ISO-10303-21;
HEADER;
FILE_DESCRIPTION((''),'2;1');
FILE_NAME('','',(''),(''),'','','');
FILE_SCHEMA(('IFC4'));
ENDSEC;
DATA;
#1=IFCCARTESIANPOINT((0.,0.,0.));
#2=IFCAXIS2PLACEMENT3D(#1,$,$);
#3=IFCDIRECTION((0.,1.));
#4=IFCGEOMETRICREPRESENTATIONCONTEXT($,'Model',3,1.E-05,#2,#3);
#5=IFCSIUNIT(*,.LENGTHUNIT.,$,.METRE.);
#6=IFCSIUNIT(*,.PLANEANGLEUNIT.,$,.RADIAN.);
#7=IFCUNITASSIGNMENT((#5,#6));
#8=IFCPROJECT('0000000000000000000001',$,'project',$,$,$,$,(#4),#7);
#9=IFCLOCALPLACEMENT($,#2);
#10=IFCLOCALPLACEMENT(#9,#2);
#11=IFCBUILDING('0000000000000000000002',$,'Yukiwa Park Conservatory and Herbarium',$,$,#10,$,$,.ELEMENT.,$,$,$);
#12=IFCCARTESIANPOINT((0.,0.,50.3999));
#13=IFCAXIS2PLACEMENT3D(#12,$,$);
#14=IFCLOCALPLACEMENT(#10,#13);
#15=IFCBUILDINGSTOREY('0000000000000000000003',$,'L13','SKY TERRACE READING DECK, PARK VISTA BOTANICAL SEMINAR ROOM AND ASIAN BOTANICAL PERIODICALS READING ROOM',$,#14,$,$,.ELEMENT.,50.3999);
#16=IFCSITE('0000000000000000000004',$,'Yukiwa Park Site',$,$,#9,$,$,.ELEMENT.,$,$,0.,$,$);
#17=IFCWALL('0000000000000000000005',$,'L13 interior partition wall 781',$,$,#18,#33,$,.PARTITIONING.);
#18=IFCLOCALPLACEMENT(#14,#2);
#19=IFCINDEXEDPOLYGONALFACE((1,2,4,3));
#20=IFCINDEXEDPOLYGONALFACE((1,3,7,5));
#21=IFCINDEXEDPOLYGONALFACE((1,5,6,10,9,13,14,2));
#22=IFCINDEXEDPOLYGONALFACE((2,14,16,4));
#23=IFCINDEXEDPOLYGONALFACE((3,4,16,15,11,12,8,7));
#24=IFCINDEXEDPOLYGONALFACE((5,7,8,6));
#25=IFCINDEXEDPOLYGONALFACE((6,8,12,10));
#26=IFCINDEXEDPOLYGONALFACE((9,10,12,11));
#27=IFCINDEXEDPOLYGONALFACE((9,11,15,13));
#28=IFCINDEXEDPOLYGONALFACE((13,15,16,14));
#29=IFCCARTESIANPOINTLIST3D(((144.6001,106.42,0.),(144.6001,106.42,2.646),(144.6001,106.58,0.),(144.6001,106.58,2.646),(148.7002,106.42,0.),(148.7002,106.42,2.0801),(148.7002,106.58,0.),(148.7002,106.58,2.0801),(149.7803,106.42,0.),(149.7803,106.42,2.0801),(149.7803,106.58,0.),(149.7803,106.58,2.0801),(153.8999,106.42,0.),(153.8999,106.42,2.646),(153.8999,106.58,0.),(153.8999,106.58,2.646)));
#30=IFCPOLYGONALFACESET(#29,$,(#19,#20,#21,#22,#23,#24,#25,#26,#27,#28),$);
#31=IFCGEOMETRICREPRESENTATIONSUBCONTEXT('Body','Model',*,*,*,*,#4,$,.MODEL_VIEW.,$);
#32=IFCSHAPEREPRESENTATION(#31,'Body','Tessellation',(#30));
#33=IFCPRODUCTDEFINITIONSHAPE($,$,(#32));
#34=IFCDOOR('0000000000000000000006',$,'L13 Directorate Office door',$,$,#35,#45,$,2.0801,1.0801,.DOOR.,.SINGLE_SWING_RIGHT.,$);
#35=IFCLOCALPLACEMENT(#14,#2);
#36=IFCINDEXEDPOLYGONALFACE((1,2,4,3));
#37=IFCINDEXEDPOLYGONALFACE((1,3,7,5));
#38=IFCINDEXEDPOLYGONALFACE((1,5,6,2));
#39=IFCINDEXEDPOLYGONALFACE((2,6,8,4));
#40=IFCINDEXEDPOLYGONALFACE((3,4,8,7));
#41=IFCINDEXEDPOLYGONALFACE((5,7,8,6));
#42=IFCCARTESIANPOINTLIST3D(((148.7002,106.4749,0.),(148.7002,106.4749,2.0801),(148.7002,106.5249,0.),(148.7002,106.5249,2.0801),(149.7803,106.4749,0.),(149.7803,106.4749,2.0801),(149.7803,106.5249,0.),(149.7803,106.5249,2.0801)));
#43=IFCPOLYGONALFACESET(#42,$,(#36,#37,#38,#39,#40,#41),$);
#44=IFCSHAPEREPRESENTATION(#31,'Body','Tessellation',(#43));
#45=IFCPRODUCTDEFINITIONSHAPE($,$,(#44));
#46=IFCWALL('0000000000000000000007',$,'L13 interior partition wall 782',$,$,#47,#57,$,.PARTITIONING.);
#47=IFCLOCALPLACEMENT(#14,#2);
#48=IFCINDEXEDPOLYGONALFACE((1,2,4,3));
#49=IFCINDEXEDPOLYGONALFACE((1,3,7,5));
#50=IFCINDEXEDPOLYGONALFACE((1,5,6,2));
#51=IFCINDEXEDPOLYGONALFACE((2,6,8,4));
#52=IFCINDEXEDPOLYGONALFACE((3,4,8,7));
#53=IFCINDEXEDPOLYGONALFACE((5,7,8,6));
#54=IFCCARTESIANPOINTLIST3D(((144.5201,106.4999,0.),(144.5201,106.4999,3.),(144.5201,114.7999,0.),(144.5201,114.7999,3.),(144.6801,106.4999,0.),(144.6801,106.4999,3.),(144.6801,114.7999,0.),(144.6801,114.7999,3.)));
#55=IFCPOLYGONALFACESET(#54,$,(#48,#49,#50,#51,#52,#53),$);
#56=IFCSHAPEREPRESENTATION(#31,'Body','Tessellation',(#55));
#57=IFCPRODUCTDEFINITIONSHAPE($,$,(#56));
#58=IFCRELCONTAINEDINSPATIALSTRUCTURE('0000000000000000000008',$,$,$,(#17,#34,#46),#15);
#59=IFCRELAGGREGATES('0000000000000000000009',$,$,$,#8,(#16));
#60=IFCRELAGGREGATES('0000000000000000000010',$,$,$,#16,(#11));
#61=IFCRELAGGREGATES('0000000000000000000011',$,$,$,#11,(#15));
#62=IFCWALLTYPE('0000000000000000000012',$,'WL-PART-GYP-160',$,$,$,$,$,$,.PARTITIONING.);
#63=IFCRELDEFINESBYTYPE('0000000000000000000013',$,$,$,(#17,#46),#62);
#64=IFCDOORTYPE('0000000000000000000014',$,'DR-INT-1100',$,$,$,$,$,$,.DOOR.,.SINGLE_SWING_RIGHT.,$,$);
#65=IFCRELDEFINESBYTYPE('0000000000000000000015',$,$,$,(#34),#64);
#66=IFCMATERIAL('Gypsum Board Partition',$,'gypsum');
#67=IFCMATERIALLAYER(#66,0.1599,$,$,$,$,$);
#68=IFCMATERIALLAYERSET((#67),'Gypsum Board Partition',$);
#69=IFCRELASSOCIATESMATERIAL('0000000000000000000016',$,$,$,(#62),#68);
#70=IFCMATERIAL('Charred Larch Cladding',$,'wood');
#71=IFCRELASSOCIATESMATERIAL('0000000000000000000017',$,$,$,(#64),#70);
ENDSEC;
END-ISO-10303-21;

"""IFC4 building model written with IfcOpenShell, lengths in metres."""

from ifc_helpers import new_model, si_unit, direction, frame, frame_2d, origin, place, context, subcontext, project, spatial, rectangle, extrude, material, layer, layer_set, type_object, element, fill, save


model = new_model("IFC4")

# Units and contexts
model_context = context("Model", 3, precision=1e-05, world=origin(), true_north=direction((0.0, 1.0)))
body_context = subcontext(model_context, "Body", "Model", "MODEL_VIEW")
ifc_project = project(units=[si_unit("LENGTHUNIT", "METRE"), si_unit("PLANEANGLEUNIT", "RADIAN")], contexts=[model_context])

# Site, building, storey
site_placement = place(None, origin())
site = spatial("IfcSite", under=ifc_project, at=site_placement, Name="Yukiwa Park Site", CompositionType="ELEMENT", RefElevation=0.0)
building_placement = place(site_placement, origin())
building = spatial("IfcBuilding", under=site, at=building_placement, Name="Yukiwa Park Conservatory and Herbarium", CompositionType="ELEMENT")
storey_placement = place(building_placement, frame((0.0, 0.0, 50.3999)))
storey = spatial("IfcBuildingStorey", under=building, at=storey_placement, Name="L13", Description="SKY TERRACE READING DECK, PARK VISTA BOTANICAL SEMINAR ROOM AND ASIAN BOTANICAL PERIODICALS READING ROOM", CompositionType="ELEMENT", Elevation=50.3999)

# Wall, opening, door
ifc_material_1 = material(Name="Gypsum Board Partition", Category="gypsum")
ifc_layer_1 = layer(ifc_material_1, 0.1599)
ifc_layer_set_1 = layer_set([ifc_layer_1], Name="Gypsum Board Partition")
wall_type_1 = type_object("IfcWallType", Name="WL-PART-GYP-160", PredefinedType="PARTITIONING", material=ifc_layer_set_1)
wall_1_placement = place(storey_placement, frame((144.6001, 106.5, 0.0), z_axis=(0.0, 0.0, 1.0), x_axis=(1.0, 0.0, 0.0)))
wall_1 = element("IfcWall", 1, at=wall_1_placement, inside=storey, type_object=wall_type_1, Name="L13 interior partition wall 781", PredefinedType="PARTITIONING", context=body_context, shape_type="SweptSolid", body=[
    extrude(rectangle(XDim=9.2998, YDim=0.1599, at=frame_2d((4.6499, 0.0))), origin(), (0.0, 0.0, 1.0), 2.646),
])
opening_placement = place(wall_1_placement, frame((4.1001, 0.0, 0.0)))
opening = element("IfcOpeningElement", 2, at=opening_placement, cuts=wall_1, PredefinedType="OPENING", context=body_context, shape_type="SweptSolid", body=[
    extrude(rectangle(XDim=1.0801, YDim=2.0801, at=frame_2d((0.54, 1.04))), frame((0.0, 0.0898, 0.0), z_axis=(0.0, -1.0, 0.0), x_axis=(1.0, 0.0, 0.0)), (0.0, 0.0, 1.0), 0.1799),
])
ifc_material_2 = material(Name="Charred Larch Cladding", Category="wood")
door_type = type_object("IfcDoorType", Name="DR-INT-1100", OperationType="SINGLE_SWING_RIGHT", PredefinedType="DOOR", material=ifc_material_2)
door_placement = place(opening_placement, origin())
door = element("IfcDoor", 3, at=door_placement, inside=storey, type_object=door_type, Name="L13 Directorate Office door", OperationType="SINGLE_SWING_RIGHT", OverallHeight=2.0801, OverallWidth=1.0801, PredefinedType="DOOR", context=body_context, shape_type="SweptSolid", body=[
    extrude(rectangle(XDim=1.0801, YDim=2.0801, at=frame_2d((0.54, 1.04))), frame((0.0, 0.0249, 0.0), z_axis=(0.0, -1.0, 0.0), x_axis=(1.0, 0.0, 0.0)), (0.0, 0.0, 1.0), 0.05),
])
fill(opening, door)

# Wall
wall_2_placement = place(storey_placement, frame((144.6001, 106.5, 0.0), z_axis=(0.0, 0.0, 1.0), x_axis=(0.0, 1.0, 0.0)))
element("IfcWall", 4, at=wall_2_placement, inside=storey, type_object=wall_type_1, Name="L13 interior partition wall 782", PredefinedType="PARTITIONING", context=body_context, shape_type="SweptSolid", body=[
    extrude(rectangle(XDim=8.3, YDim=0.1599, at=frame_2d((4.1499, 0.0))), origin(), (0.0, 0.0, 1.0), 3.0),
])

save(model, "model.ifc")
